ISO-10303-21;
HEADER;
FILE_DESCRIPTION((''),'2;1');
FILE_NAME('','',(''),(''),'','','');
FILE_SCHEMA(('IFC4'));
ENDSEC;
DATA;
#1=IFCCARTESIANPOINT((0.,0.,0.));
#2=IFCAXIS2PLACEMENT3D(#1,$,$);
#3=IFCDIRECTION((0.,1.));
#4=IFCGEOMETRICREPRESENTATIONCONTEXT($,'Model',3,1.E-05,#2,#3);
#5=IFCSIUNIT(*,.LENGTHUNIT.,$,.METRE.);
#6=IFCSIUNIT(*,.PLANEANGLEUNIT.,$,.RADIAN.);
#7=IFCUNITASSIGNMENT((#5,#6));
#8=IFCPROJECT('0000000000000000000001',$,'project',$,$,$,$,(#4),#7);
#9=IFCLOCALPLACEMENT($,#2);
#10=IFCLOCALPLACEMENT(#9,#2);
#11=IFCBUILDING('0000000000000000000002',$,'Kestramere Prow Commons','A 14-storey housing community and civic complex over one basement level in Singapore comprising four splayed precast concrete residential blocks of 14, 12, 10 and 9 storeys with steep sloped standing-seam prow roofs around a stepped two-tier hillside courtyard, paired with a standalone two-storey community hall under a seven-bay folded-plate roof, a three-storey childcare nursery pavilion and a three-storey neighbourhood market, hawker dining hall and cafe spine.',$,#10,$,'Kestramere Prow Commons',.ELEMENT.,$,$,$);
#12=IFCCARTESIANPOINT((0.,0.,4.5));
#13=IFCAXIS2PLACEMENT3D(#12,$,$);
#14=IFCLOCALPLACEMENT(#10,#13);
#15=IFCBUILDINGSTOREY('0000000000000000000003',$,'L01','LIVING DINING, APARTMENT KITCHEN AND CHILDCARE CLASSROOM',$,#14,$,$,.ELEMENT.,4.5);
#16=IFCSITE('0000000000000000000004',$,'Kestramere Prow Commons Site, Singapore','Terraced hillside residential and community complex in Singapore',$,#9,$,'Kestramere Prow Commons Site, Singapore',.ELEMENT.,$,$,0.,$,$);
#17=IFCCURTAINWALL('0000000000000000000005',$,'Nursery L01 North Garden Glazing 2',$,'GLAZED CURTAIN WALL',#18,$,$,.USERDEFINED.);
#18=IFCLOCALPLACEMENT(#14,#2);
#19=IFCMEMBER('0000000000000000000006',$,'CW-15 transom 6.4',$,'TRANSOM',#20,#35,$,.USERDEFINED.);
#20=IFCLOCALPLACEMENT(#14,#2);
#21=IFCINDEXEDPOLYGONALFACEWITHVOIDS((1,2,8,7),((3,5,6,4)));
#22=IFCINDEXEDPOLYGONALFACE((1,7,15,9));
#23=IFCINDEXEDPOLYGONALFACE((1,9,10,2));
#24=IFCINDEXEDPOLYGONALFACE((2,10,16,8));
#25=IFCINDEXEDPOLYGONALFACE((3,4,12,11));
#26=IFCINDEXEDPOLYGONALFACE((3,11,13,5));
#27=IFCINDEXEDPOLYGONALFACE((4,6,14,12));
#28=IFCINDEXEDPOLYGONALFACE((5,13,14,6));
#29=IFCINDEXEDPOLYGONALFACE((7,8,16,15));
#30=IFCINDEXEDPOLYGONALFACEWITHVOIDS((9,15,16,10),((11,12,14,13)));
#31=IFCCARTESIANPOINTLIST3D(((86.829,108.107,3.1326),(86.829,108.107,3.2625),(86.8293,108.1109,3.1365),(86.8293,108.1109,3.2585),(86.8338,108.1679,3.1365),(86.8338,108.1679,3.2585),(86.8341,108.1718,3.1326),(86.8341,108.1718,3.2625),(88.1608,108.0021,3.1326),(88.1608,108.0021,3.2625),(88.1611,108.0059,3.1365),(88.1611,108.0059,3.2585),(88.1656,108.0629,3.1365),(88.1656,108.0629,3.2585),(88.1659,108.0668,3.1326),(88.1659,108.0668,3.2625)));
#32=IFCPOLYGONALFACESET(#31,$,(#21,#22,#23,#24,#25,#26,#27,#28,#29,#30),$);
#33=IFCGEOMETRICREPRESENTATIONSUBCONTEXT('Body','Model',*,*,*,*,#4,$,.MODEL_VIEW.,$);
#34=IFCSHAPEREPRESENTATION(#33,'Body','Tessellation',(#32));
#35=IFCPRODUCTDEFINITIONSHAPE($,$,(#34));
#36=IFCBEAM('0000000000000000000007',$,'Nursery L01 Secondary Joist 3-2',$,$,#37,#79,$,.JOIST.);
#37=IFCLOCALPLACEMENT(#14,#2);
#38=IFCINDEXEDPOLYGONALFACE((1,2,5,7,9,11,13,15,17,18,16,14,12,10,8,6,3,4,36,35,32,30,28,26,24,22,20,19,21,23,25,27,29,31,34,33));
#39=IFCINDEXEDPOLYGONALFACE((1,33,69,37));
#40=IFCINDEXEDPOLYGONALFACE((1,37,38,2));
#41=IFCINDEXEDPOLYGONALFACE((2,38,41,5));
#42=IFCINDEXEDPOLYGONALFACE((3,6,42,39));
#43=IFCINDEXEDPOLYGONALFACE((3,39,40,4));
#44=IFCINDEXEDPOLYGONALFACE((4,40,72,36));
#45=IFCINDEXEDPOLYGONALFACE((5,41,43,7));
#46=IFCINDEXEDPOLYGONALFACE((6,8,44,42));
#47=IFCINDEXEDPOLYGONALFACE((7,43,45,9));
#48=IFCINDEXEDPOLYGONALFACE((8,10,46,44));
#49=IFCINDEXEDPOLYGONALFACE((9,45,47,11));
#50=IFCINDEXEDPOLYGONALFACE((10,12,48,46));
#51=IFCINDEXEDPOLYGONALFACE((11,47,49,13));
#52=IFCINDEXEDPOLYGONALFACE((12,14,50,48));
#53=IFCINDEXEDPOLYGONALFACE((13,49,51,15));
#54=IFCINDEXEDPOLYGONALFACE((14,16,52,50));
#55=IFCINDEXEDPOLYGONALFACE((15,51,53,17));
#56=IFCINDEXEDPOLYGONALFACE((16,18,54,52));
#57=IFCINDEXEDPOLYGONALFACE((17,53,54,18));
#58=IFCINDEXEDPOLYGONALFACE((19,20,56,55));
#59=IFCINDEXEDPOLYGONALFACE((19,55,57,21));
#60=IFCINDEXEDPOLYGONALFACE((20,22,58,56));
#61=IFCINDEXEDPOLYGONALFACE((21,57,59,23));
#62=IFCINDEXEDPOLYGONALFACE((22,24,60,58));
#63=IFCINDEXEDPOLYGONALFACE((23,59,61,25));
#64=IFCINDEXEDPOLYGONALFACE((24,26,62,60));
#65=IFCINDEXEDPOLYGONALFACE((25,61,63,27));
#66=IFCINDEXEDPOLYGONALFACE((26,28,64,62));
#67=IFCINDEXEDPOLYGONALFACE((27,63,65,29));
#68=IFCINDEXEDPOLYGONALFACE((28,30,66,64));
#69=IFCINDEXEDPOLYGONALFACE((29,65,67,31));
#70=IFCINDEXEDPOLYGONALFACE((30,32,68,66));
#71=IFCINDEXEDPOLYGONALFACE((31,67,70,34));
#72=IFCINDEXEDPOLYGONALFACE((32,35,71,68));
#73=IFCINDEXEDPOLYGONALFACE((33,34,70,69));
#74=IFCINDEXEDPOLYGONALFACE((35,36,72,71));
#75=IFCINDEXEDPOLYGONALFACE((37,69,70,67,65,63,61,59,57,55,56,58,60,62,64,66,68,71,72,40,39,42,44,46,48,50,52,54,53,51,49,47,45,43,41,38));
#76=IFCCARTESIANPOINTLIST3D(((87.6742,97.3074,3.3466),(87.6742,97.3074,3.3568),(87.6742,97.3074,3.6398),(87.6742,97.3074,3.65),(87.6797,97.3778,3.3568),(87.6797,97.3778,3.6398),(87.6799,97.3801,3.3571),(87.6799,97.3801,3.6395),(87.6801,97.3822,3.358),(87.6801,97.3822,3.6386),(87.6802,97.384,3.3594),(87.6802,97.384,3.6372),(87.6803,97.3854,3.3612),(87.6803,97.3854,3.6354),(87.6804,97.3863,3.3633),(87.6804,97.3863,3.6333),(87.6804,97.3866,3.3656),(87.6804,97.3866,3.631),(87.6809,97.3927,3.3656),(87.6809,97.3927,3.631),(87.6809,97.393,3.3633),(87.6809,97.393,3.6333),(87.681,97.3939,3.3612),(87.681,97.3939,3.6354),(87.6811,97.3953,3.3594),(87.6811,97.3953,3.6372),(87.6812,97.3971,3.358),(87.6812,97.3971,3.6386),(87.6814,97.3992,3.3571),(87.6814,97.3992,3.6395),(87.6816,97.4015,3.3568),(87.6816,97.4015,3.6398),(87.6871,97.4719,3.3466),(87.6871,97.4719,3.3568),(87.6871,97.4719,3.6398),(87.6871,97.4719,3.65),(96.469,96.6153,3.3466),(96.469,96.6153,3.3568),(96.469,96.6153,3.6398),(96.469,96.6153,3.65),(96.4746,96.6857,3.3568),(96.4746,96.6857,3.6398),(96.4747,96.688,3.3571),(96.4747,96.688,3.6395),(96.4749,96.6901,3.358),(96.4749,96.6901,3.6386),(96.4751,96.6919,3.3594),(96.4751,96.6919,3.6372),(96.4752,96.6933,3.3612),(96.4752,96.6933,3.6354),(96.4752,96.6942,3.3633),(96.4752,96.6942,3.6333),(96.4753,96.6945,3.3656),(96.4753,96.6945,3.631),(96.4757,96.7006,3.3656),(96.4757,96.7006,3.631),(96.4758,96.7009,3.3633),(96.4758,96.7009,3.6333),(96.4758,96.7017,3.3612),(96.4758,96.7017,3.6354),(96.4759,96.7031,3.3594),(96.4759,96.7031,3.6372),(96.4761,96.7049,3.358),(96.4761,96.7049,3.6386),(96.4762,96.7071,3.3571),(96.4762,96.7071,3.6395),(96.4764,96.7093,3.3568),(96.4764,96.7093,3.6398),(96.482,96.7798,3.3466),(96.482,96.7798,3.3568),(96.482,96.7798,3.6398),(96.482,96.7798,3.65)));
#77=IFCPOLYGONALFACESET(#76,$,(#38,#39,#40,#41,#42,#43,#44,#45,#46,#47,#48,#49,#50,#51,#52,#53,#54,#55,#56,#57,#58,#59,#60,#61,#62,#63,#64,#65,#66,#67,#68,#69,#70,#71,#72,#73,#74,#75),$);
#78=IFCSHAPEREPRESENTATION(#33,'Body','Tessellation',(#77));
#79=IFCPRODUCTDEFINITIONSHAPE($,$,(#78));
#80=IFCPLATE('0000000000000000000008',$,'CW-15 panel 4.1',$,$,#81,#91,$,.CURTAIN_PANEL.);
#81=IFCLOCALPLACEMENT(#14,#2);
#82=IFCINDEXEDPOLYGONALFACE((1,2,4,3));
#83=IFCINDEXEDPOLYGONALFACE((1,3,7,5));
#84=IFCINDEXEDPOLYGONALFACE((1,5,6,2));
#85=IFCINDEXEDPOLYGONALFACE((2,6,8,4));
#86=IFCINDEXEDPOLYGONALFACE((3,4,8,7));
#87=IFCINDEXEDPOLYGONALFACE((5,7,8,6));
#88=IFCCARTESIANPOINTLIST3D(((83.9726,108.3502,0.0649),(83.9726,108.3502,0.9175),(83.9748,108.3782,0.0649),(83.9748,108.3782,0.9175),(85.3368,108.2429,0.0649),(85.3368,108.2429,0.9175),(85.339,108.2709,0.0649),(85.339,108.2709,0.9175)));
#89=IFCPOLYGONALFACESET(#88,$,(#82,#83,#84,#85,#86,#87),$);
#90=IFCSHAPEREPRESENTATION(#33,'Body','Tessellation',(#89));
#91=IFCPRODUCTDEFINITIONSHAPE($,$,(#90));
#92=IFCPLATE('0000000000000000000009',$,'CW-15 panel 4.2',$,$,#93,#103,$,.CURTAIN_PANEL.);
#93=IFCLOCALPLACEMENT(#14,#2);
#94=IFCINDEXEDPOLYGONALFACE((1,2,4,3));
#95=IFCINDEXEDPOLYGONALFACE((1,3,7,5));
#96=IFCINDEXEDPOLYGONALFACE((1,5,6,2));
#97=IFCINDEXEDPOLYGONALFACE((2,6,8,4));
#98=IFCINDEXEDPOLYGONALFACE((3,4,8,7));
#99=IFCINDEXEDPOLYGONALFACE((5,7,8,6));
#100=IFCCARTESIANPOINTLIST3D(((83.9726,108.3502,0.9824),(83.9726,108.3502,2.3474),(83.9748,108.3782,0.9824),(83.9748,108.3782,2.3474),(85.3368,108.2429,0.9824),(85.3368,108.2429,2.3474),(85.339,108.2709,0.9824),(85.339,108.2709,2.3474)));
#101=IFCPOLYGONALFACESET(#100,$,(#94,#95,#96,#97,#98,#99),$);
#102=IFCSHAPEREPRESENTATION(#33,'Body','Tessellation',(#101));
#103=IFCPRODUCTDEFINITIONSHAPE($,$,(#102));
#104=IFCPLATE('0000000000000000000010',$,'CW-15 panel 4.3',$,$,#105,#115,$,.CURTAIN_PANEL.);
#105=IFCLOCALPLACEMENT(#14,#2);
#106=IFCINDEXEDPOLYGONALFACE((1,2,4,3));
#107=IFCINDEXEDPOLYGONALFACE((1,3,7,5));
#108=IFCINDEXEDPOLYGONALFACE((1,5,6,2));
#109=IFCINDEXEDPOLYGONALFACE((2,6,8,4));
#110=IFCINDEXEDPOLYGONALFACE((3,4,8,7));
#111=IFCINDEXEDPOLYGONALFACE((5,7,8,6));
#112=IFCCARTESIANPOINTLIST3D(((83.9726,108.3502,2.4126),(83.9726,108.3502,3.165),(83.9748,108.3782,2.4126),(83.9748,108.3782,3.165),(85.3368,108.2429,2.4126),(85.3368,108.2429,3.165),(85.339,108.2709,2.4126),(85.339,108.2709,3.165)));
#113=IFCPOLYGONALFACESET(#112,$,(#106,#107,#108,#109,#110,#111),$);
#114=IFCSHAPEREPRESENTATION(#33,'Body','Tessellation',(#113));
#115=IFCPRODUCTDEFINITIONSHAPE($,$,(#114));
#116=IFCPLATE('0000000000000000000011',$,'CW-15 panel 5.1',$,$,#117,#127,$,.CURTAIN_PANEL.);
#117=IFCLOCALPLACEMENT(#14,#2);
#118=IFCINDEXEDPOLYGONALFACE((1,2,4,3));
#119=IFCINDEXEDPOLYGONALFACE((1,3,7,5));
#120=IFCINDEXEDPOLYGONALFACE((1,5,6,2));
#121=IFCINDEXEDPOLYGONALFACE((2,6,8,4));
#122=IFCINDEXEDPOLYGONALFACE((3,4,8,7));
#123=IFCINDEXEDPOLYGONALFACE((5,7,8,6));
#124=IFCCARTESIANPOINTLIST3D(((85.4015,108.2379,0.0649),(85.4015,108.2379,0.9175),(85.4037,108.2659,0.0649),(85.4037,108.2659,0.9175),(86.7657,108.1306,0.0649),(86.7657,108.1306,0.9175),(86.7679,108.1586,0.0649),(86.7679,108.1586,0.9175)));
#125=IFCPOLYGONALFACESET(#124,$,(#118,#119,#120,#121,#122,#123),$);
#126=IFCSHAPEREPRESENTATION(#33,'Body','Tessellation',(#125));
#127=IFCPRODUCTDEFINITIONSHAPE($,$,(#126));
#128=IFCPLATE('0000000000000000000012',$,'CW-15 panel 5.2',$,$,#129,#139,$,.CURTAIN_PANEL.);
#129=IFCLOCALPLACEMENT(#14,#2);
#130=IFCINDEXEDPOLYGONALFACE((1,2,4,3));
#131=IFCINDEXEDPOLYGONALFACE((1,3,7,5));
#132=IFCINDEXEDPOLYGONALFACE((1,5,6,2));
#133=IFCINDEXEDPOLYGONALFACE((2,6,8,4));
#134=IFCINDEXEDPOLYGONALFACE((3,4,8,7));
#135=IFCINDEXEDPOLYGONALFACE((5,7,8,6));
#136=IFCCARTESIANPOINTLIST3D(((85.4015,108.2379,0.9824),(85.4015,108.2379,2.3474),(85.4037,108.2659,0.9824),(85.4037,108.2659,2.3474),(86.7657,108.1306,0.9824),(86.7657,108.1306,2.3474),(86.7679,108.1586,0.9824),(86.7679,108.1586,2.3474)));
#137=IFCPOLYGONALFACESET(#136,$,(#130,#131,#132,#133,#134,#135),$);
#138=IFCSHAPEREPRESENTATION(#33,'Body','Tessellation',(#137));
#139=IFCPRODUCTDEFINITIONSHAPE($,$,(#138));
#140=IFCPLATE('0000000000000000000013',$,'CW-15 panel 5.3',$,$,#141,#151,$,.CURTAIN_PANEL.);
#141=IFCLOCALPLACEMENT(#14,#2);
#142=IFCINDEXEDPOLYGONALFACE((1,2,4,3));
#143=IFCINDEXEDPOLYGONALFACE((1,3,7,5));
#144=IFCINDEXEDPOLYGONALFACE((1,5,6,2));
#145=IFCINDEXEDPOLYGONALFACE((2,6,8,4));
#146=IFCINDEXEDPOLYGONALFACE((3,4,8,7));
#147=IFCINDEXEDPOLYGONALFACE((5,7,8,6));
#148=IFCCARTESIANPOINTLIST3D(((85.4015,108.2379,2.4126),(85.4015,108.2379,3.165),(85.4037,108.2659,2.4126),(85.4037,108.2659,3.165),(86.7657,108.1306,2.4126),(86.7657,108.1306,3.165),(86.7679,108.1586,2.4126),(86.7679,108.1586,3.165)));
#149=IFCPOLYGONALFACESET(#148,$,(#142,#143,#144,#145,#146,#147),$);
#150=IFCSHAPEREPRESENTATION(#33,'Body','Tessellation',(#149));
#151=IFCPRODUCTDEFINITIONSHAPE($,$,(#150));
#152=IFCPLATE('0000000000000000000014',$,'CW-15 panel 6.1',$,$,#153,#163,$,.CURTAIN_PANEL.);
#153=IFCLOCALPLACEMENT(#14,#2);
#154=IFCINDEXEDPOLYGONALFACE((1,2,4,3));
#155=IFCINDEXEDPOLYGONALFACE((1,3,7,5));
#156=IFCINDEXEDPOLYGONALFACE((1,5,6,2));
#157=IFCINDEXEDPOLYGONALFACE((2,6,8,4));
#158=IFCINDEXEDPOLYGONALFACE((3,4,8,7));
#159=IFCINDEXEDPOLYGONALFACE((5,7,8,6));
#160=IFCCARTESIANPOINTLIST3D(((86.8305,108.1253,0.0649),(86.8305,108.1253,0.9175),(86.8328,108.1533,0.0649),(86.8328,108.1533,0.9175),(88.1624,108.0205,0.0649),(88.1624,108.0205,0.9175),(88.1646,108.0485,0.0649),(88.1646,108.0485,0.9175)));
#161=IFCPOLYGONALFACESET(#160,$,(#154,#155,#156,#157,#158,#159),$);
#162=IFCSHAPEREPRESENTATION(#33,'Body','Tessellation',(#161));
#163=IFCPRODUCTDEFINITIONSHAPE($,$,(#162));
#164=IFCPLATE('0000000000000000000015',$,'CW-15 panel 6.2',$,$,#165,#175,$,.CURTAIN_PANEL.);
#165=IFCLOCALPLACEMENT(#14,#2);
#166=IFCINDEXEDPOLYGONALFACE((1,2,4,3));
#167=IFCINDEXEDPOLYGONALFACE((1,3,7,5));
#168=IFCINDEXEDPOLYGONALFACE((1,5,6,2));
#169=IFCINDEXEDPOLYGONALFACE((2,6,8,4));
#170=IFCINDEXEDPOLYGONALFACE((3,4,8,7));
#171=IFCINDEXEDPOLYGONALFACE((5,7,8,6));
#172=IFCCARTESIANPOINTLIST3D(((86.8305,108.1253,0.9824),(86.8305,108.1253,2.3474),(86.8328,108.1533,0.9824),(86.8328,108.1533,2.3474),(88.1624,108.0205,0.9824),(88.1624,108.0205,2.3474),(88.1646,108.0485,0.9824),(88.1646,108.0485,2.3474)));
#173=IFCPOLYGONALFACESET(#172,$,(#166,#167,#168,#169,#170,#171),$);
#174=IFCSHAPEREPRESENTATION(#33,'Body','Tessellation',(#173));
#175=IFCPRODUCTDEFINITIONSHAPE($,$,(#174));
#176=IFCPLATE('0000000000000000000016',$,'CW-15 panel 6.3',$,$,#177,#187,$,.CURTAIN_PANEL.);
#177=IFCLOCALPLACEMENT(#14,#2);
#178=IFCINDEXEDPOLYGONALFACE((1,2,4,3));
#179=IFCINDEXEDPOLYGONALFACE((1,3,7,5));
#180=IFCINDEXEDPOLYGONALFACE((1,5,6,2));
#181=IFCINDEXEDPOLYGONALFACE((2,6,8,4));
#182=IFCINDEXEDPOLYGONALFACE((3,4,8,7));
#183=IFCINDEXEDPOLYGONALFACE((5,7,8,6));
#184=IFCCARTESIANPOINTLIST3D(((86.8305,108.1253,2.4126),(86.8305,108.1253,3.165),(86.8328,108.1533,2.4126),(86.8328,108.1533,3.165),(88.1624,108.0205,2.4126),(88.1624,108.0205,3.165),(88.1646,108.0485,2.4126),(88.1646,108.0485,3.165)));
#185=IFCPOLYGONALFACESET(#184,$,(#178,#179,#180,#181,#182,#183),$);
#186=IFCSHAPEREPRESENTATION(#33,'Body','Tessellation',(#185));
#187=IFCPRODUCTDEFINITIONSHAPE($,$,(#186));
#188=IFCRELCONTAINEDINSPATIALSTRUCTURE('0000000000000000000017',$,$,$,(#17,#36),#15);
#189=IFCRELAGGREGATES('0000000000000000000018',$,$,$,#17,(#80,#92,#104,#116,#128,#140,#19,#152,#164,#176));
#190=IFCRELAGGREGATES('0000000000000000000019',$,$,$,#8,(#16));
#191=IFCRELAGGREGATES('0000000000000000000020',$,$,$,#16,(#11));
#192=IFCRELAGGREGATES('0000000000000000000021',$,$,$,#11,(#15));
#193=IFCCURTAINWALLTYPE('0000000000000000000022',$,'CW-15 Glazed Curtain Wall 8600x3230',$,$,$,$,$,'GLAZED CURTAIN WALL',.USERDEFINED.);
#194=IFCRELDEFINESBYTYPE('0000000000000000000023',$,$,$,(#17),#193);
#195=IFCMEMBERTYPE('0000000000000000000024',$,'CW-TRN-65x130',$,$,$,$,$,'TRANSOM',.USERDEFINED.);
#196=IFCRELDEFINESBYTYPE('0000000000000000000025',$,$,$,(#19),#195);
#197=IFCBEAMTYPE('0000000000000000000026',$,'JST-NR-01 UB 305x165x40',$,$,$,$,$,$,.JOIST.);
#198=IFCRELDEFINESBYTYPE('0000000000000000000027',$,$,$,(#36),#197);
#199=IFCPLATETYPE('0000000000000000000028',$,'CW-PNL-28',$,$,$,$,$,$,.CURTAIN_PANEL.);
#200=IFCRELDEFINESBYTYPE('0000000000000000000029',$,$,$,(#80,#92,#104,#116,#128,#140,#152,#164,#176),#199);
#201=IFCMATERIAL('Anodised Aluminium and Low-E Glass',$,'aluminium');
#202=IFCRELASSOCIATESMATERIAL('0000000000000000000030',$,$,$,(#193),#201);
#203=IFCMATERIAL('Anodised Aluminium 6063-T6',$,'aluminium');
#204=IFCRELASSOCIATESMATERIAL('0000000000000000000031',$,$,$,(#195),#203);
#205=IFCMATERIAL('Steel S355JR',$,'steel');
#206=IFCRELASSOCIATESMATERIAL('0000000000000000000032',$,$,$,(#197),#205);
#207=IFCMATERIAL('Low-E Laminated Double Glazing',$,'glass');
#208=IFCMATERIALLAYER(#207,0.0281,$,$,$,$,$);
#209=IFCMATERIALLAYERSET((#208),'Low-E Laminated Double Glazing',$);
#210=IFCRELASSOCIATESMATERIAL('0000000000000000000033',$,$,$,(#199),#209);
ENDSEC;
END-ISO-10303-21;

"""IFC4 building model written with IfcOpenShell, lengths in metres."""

from ifc_helpers import new_model, si_unit, direction, frame, origin, origin_2d, place, context, subcontext, project, spatial, rectangle, hollow_rectangle, i_section, extrude, material, layer, layer_set, material_profile, profile_set, type_object, element, aggregate, save


model = new_model("IFC4")

# Units and contexts
model_context = context("Model", 3, precision=1e-05, world=origin(), true_north=direction((0.0, 1.0)))
body_context = subcontext(model_context, "Body", "Model", "MODEL_VIEW")
ifc_project = project(units=[si_unit("LENGTHUNIT", "METRE"), si_unit("PLANEANGLEUNIT", "RADIAN")], contexts=[model_context])

# Site, building, storey
site_placement = place(None, origin())
site = spatial("IfcSite", under=ifc_project, at=site_placement, Name="Kestramere Prow Commons Site, Singapore", Description="Terraced hillside residential and community complex in Singapore", LongName="Kestramere Prow Commons Site, Singapore", CompositionType="ELEMENT", RefElevation=0.0)
building_placement = place(site_placement, origin())
building = spatial("IfcBuilding", under=site, at=building_placement, Name="Kestramere Prow Commons", Description="A 14-storey housing community and civic complex over one basement level in Singapore comprising four splayed precast concrete residential blocks of 14, 12, 10 and 9 storeys with steep sloped standing-seam prow roofs around a stepped two-tier hillside courtyard, paired with a standalone two-storey community hall under a seven-bay folded-plate roof, a three-storey childcare nursery pavilion and a three-storey neighbourhood market, hawker dining hall and cafe spine.", LongName="Kestramere Prow Commons", CompositionType="ELEMENT")
storey_placement = place(building_placement, frame((0.0, 0.0, 4.5)))
storey = spatial("IfcBuildingStorey", under=building, at=storey_placement, Name="L01", Description="LIVING DINING, APARTMENT KITCHEN AND CHILDCARE CLASSROOM", CompositionType="ELEMENT", Elevation=4.5)

# Shared definitions
ifc_material_1 = material(Name="Steel S355JR", Category="steel")

# Curtain wall, member
ifc_material_2 = material(Name="Anodised Aluminium and Low-E Glass", Category="aluminium")
curtain_wall_type = type_object("IfcCurtainWallType", Name="CW-15 Glazed Curtain Wall 8600x3230", ElementType="GLAZED CURTAIN WALL", PredefinedType="USERDEFINED", material=ifc_material_2)
curtain_wall_placement = place(storey_placement, origin())
curtain_wall = element("IfcCurtainWall", 1, at=curtain_wall_placement, inside=storey, type_object=curtain_wall_type, Name="Nursery L01 North Garden Glazing 2", ObjectType="GLAZED CURTAIN WALL", PredefinedType="USERDEFINED")
ifc_material_3 = material(Name="Anodised Aluminium 6063-T6", Category="aluminium")
ifc_material_profile_1 = material_profile(ifc_material_3, hollow_rectangle(XDim=0.0649, YDim=0.1299, WallThickness=0.0039, at=origin_2d()), Name="ALU-TRN 65x130")
ifc_profile_set_1 = profile_set([ifc_material_profile_1], Name="Anodised Aluminium 6063-T6")
member_type_1 = type_object("IfcMemberType", Name="CW-TRN-65x130", ElementType="TRANSOM", PredefinedType="USERDEFINED", material=ifc_profile_set_1)
member_1_placement = place(storey_placement, frame((86.8315, 108.1394, 3.1975), z_axis=(0.996908, -0.078583, 0.0), x_axis=(0.078583, 0.996908, 0.0)))
member_1 = element("IfcMember", 2, at=member_1_placement, type_object=member_type_1, Name="CW-15 transom 6.4", ObjectType="TRANSOM", PredefinedType="USERDEFINED", context=body_context, shape_type="SweptSolid", body=[
    extrude(hollow_rectangle(XDim=0.0649, YDim=0.1299, WallThickness=0.0039, at=origin_2d()), origin(), (0.0, 0.0, 1.0), 1.3359),
])

# Beam
ifc_material_profile_2 = material_profile(ifc_material_1, i_section(OverallWidth=0.165, OverallDepth=0.3035, WebThickness=0.0061, FlangeThickness=0.0103, FilletRadius=0.0088, at=origin_2d()), Name="UB 305x165x40")
ifc_profile_set_2 = profile_set([ifc_material_profile_2], Name="Steel S355JR")
beam_type = type_object("IfcBeamType", Name="JST-NR-01 UB 305x165x40", PredefinedType="JOIST", material=ifc_profile_set_2)
beam_placement = place(storey_placement, frame((87.6807, 97.3896, 3.4983), z_axis=(0.996918, -0.078455, 0.0), x_axis=(0.078455, 0.996918, 0.0)))
element("IfcBeam", 3, at=beam_placement, inside=storey, type_object=beam_type, Name="Nursery L01 Secondary Joist 3-2", PredefinedType="JOIST", context=body_context, shape_type="SweptSolid", body=[
    extrude(i_section(OverallWidth=0.165, OverallDepth=0.3035, WebThickness=0.0061, FlangeThickness=0.0103, FilletRadius=0.0088, at=origin_2d()), origin(), (0.0, 0.0, 1.0), 8.822),
])

# Plates
ifc_material_4 = material(Name="Low-E Laminated Double Glazing", Category="glass")
ifc_layer = layer(ifc_material_4, 0.0281)
ifc_layer_set = layer_set([ifc_layer], Name="Low-E Laminated Double Glazing")
plate_type = type_object("IfcPlateType", Name="CW-PNL-28", PredefinedType="CURTAIN_PANEL", material=ifc_layer_set)
plate_1_placement = place(storey_placement, frame((84.6558, 108.3105, 0.0649), z_axis=(0.0, 0.0, 1.0), x_axis=(0.996917, -0.078459, 0.0)))
plate_1 = element("IfcPlate", 4, at=plate_1_placement, type_object=plate_type, Name="CW-15 panel 4.1", PredefinedType="CURTAIN_PANEL", context=body_context, shape_type="SweptSolid", body=[
    extrude(rectangle(XDim=1.3684, YDim=0.0281, at=origin_2d()), origin(), (0.0, 0.0, 1.0), 0.8525),
])
plate_2_placement = place(storey_placement, frame((84.6558, 108.3105, 0.9824), z_axis=(0.0, 0.0, 1.0), x_axis=(0.996917, -0.078459, 0.0)))
plate_2 = element("IfcPlate", 5, at=plate_2_placement, type_object=plate_type, Name="CW-15 panel 4.2", PredefinedType="CURTAIN_PANEL", context=body_context, shape_type="SweptSolid", body=[
    extrude(rectangle(XDim=1.3684, YDim=0.0281, at=origin_2d()), origin(), (0.0, 0.0, 1.0), 1.365),
])
plate_3_placement = place(storey_placement, frame((84.6558, 108.3105, 2.4126), z_axis=(0.0, 0.0, 1.0), x_axis=(0.996917, -0.078459, 0.0)))
plate_3 = element("IfcPlate", 6, at=plate_3_placement, type_object=plate_type, Name="CW-15 panel 4.3", PredefinedType="CURTAIN_PANEL", context=body_context, shape_type="SweptSolid", body=[
    extrude(rectangle(XDim=1.3684, YDim=0.0281, at=origin_2d()), origin(), (0.0, 0.0, 1.0), 0.7524),
])
plate_4_placement = place(storey_placement, frame((86.0847, 108.1982, 0.0649), z_axis=(0.0, 0.0, 1.0), x_axis=(0.996917, -0.078459, 0.0)))
plate_4 = element("IfcPlate", 7, at=plate_4_placement, type_object=plate_type, Name="CW-15 panel 5.1", PredefinedType="CURTAIN_PANEL", context=body_context, shape_type="SweptSolid", body=[
    extrude(rectangle(XDim=1.3684, YDim=0.0281, at=origin_2d()), origin(), (0.0, 0.0, 1.0), 0.8525),
])
plate_5_placement = place(storey_placement, frame((86.0847, 108.1982, 0.9824), z_axis=(0.0, 0.0, 1.0), x_axis=(0.996917, -0.078459, 0.0)))
plate_5 = element("IfcPlate", 8, at=plate_5_placement, type_object=plate_type, Name="CW-15 panel 5.2", PredefinedType="CURTAIN_PANEL", context=body_context, shape_type="SweptSolid", body=[
    extrude(rectangle(XDim=1.3684, YDim=0.0281, at=origin_2d()), origin(), (0.0, 0.0, 1.0), 1.365),
])
plate_6_placement = place(storey_placement, frame((86.0847, 108.1982, 2.4126), z_axis=(0.0, 0.0, 1.0), x_axis=(0.996917, -0.078459, 0.0)))
plate_6 = element("IfcPlate", 9, at=plate_6_placement, type_object=plate_type, Name="CW-15 panel 5.3", PredefinedType="CURTAIN_PANEL", context=body_context, shape_type="SweptSolid", body=[
    extrude(rectangle(XDim=1.3684, YDim=0.0281, at=origin_2d()), origin(), (0.0, 0.0, 1.0), 0.7524),
])
plate_7_placement = place(storey_placement, frame((87.4976, 108.0869, 0.0649), z_axis=(0.0, 0.0, 1.0), x_axis=(0.996917, -0.078459, 0.0)))
plate_7 = element("IfcPlate", 10, at=plate_7_placement, type_object=plate_type, Name="CW-15 panel 6.1", PredefinedType="CURTAIN_PANEL", context=body_context, shape_type="SweptSolid", body=[
    extrude(rectangle(XDim=1.3359, YDim=0.0281, at=origin_2d()), origin(), (0.0, 0.0, 1.0), 0.8525),
])
plate_8_placement = place(storey_placement, frame((87.4976, 108.0869, 0.9824), z_axis=(0.0, 0.0, 1.0), x_axis=(0.996917, -0.078459, 0.0)))
plate_8 = element("IfcPlate", 11, at=plate_8_placement, type_object=plate_type, Name="CW-15 panel 6.2", PredefinedType="CURTAIN_PANEL", context=body_context, shape_type="SweptSolid", body=[
    extrude(rectangle(XDim=1.3359, YDim=0.0281, at=origin_2d()), origin(), (0.0, 0.0, 1.0), 1.365),
])
plate_9_placement = place(storey_placement, frame((87.4976, 108.0869, 2.4126), z_axis=(0.0, 0.0, 1.0), x_axis=(0.996917, -0.078459, 0.0)))
plate_9 = element("IfcPlate", 12, at=plate_9_placement, type_object=plate_type, Name="CW-15 panel 6.3", PredefinedType="CURTAIN_PANEL", context=body_context, shape_type="SweptSolid", body=[
    extrude(rectangle(XDim=1.3359, YDim=0.0281, at=origin_2d()), origin(), (0.0, 0.0, 1.0), 0.7524),
])
aggregate(curtain_wall, [plate_1, plate_2, plate_3, plate_4, plate_5, plate_6, member_1, plate_7, plate_8, plate_9])

save(model, "model.ifc")
